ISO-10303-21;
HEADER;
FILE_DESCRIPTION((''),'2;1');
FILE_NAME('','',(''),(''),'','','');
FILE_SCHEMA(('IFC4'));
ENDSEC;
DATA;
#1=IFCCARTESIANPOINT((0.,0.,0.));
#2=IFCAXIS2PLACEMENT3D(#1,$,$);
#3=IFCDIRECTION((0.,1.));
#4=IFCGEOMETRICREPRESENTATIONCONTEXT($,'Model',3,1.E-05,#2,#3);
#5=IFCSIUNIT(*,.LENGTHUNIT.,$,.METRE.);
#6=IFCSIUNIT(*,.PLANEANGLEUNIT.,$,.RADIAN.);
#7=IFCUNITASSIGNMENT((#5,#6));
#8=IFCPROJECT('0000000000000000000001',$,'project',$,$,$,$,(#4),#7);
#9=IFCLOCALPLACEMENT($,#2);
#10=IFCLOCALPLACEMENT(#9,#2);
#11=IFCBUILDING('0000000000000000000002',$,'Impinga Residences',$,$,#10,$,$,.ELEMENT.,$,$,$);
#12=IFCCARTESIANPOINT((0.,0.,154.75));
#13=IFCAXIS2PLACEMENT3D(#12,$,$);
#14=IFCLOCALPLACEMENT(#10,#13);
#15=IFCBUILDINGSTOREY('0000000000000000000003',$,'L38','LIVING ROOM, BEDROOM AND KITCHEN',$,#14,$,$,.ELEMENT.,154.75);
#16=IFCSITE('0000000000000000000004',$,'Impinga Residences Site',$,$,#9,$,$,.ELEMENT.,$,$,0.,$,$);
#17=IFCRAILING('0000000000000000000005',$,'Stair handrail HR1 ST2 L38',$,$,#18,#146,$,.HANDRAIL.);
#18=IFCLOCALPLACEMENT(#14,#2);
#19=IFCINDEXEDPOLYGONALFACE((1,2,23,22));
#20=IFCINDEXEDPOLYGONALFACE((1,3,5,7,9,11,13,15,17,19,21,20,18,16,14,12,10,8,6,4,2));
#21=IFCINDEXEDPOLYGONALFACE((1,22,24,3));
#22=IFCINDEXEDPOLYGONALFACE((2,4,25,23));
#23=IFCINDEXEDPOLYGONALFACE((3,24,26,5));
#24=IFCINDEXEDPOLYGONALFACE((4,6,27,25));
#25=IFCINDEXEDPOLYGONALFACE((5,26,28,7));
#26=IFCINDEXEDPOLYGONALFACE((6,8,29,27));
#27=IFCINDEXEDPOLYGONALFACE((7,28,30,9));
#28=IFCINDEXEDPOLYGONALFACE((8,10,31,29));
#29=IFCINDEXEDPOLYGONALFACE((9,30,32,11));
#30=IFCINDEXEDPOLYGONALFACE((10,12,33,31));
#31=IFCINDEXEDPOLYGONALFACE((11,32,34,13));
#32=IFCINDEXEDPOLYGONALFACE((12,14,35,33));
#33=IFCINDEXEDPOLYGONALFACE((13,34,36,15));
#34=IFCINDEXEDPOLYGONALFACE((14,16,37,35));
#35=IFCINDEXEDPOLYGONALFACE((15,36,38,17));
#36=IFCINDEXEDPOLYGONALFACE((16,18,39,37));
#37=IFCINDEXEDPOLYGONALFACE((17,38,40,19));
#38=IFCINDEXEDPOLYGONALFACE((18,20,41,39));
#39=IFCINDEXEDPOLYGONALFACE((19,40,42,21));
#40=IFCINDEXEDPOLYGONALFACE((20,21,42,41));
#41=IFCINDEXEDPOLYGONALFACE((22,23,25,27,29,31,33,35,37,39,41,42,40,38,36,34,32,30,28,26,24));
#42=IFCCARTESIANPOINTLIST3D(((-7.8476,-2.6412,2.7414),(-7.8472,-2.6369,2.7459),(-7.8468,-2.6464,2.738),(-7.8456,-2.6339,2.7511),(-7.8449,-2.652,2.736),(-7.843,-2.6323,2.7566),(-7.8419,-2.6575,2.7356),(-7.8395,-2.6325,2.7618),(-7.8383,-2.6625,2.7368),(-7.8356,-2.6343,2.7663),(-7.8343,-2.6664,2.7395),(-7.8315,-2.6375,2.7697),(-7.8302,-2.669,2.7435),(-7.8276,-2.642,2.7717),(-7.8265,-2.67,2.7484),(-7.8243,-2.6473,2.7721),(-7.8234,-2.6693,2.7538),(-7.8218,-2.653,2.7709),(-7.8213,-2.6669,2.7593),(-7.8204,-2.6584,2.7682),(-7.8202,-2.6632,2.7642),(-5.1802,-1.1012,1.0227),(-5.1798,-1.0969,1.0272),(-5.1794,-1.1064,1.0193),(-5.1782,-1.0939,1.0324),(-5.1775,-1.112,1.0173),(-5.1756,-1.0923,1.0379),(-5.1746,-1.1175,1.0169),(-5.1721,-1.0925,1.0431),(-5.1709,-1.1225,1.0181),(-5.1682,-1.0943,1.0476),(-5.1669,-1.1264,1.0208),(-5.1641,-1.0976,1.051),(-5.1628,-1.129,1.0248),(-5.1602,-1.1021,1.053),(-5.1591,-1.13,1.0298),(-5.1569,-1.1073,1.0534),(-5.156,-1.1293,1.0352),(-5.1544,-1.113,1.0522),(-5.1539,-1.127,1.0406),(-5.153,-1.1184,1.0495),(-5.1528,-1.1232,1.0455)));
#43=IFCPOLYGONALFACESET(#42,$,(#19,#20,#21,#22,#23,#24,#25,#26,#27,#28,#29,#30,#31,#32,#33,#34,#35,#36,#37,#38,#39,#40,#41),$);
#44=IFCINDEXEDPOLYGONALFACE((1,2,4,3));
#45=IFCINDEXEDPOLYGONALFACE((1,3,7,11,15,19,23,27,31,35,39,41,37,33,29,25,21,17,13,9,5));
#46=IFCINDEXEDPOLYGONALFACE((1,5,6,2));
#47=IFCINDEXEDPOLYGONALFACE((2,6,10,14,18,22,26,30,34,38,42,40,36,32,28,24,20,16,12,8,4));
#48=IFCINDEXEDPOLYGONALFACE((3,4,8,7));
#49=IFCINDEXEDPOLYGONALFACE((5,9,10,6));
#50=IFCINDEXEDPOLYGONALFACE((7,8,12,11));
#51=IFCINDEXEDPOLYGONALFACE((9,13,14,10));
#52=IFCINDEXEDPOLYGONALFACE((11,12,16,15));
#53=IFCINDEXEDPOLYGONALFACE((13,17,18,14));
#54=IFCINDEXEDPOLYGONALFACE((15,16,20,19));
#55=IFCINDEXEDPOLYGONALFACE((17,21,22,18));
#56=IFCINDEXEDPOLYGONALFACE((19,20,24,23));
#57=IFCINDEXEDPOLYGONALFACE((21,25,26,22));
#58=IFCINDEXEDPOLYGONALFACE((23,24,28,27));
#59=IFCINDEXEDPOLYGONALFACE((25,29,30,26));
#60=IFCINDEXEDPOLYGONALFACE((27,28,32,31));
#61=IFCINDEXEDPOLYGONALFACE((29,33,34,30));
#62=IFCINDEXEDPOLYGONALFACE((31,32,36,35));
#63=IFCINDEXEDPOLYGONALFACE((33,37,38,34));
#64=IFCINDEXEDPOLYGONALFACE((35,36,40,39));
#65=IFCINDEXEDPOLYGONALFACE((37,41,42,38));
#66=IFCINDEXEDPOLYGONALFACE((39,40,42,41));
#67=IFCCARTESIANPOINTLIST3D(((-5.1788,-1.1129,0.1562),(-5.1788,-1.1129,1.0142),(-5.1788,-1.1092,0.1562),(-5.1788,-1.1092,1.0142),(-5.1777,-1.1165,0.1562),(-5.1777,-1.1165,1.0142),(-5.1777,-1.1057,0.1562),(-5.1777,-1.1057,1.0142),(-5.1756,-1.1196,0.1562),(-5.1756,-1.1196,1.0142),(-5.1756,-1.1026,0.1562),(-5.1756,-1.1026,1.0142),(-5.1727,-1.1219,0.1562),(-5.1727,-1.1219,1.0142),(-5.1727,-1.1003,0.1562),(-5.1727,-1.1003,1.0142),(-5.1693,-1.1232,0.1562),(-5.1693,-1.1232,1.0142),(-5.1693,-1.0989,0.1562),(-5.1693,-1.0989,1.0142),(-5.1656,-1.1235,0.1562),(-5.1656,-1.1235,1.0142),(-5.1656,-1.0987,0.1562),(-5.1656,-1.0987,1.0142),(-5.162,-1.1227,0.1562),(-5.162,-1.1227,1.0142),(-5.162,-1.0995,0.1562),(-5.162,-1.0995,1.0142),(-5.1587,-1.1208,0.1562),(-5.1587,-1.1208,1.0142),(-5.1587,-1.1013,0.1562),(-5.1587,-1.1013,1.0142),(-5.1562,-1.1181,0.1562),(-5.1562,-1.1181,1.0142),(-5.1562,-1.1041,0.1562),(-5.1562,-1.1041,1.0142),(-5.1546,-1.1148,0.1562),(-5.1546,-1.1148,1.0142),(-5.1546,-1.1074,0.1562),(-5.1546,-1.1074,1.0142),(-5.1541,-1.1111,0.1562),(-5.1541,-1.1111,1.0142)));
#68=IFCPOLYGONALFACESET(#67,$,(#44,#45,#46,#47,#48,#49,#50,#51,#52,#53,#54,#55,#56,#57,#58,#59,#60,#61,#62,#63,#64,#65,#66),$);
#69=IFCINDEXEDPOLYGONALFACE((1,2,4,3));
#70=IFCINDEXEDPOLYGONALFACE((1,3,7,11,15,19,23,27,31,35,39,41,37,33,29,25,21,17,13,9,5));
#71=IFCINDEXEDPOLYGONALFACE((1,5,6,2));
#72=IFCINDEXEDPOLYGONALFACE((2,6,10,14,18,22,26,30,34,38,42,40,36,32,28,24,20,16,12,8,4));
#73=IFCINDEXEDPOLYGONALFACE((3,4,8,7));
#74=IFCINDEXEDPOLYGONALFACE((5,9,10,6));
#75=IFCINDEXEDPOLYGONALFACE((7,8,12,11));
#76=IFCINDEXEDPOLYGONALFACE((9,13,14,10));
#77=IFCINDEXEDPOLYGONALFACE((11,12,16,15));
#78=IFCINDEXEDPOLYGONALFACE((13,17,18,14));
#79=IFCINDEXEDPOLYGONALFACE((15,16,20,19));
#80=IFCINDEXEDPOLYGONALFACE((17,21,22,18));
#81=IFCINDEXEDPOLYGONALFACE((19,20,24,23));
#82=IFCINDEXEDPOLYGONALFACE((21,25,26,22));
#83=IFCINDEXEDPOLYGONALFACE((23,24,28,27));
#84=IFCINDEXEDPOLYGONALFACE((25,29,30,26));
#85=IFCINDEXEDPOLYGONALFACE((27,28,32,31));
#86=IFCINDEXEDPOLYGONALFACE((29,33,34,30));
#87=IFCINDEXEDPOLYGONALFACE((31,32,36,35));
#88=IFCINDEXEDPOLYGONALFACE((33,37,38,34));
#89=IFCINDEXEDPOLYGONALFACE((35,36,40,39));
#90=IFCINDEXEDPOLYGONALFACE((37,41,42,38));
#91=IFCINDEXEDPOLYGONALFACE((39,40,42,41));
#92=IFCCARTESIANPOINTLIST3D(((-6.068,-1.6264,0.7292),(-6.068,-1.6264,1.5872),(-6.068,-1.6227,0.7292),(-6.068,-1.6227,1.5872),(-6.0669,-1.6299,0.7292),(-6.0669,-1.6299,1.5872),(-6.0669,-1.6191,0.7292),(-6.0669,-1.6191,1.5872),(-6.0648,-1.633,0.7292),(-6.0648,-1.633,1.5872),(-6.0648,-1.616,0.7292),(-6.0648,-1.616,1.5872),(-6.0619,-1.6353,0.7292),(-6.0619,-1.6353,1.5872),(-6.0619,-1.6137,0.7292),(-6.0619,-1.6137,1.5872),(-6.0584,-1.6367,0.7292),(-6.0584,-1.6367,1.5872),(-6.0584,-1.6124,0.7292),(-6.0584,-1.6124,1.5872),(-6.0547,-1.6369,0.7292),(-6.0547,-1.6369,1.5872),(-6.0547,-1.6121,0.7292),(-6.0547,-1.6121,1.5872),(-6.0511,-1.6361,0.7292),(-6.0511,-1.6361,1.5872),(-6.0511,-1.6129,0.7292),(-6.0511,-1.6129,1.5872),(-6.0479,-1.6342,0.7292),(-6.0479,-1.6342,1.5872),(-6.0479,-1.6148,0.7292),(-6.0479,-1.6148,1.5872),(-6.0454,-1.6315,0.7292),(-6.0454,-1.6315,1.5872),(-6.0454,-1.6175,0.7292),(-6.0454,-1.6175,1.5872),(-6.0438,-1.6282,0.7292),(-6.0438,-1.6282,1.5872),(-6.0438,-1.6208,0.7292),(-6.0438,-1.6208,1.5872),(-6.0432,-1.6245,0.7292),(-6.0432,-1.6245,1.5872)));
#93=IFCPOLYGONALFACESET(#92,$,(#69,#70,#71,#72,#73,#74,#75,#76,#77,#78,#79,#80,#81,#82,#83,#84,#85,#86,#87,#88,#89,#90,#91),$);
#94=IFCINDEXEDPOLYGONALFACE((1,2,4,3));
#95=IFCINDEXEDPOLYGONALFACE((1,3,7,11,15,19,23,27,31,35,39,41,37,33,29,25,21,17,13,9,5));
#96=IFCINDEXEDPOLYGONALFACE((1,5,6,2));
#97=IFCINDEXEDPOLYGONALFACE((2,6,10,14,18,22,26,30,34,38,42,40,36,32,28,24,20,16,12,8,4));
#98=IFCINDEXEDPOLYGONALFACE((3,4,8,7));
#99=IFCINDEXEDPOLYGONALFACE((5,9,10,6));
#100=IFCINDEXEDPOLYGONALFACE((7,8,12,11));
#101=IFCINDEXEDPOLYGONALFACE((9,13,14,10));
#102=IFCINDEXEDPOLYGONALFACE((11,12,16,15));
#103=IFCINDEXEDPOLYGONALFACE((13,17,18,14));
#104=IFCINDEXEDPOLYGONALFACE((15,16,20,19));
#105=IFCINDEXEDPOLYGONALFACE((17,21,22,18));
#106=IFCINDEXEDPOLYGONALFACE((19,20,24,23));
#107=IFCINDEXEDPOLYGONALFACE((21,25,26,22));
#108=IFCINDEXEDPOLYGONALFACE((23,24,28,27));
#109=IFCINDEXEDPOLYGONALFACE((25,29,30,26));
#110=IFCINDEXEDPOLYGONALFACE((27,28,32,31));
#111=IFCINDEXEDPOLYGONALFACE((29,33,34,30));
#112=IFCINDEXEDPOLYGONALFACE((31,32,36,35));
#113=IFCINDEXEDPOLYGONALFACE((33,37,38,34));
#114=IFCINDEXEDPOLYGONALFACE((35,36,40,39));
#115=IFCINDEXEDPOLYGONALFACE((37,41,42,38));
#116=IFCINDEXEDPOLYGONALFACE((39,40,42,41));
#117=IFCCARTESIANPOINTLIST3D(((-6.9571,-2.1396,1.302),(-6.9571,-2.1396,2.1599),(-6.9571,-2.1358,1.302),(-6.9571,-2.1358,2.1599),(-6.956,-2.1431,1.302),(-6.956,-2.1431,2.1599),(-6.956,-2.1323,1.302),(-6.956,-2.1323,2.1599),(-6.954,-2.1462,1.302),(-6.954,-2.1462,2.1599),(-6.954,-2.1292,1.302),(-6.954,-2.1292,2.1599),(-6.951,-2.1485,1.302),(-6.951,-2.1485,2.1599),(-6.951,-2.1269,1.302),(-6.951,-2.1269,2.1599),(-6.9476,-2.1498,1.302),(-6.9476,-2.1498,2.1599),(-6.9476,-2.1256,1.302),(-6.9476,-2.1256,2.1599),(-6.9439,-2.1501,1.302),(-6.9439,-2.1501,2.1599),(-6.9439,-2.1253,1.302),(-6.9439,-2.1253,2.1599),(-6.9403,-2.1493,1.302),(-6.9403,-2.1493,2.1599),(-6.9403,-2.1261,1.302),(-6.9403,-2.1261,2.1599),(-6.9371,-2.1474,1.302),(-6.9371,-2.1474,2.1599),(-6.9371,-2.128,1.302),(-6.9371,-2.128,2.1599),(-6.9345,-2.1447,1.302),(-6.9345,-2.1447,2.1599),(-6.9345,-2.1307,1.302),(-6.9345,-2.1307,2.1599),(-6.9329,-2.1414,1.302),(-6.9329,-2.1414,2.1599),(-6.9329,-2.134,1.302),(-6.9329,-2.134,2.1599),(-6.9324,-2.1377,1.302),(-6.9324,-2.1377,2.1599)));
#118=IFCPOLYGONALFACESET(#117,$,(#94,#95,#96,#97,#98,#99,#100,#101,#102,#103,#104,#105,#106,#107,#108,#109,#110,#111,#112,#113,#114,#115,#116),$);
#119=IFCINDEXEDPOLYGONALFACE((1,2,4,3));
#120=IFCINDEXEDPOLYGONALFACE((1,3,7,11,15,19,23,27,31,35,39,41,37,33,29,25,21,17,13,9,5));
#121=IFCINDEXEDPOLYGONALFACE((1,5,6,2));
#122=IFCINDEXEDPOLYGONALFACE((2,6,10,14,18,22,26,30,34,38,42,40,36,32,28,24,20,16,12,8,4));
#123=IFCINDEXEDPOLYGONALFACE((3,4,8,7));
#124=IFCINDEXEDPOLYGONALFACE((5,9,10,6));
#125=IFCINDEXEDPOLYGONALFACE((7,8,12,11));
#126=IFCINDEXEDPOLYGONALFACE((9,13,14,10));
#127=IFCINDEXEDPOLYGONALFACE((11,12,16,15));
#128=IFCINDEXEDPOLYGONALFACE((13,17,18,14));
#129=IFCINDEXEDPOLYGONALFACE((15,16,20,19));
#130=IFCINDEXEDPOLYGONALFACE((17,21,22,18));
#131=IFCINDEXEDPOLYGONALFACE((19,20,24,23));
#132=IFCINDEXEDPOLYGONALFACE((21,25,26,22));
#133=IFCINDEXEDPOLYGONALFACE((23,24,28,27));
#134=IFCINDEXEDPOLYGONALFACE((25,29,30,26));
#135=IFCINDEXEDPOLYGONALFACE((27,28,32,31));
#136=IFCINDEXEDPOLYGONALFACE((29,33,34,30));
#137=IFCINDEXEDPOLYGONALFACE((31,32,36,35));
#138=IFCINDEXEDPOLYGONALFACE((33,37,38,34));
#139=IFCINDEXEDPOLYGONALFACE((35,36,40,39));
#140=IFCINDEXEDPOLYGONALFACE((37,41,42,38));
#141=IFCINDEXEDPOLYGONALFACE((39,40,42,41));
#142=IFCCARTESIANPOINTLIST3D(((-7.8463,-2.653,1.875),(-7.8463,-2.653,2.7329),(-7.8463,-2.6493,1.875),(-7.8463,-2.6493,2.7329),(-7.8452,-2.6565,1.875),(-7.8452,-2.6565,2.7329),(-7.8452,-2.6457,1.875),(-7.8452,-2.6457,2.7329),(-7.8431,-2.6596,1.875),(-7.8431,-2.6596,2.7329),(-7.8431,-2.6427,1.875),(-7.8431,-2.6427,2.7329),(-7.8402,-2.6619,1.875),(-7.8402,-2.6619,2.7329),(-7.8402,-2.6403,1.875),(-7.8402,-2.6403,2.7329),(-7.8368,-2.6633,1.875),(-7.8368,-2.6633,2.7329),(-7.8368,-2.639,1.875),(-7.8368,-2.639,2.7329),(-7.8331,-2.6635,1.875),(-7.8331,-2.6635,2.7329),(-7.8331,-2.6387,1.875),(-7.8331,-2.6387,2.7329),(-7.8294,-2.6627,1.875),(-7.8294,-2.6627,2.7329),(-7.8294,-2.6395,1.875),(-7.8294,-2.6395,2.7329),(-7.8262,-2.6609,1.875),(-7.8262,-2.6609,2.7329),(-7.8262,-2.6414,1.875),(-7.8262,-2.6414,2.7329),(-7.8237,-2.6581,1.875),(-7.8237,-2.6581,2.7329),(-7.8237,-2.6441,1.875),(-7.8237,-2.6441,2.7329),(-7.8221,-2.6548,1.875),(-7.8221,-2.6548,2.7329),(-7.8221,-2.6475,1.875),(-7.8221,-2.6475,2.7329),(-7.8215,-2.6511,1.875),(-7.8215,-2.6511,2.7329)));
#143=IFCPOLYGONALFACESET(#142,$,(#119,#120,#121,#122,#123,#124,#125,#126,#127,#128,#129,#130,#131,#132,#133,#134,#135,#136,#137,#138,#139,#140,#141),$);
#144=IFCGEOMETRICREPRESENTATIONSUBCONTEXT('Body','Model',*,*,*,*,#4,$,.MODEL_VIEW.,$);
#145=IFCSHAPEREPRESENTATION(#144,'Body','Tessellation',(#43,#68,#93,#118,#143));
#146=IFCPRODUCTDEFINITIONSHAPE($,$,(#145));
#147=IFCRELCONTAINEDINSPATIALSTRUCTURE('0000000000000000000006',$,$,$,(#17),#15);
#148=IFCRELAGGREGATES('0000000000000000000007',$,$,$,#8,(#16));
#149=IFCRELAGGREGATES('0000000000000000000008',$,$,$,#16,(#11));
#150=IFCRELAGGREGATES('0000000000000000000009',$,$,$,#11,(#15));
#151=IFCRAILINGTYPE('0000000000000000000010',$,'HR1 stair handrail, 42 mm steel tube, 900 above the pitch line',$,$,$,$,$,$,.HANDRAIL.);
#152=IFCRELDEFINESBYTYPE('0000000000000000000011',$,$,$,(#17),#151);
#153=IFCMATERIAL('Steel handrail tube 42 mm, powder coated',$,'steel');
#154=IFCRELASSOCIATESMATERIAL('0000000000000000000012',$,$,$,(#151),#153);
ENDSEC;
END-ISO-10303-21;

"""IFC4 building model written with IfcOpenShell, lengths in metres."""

from ifc_helpers import new_model, si_unit, direction, frame, origin, origin_2d, place, context, subcontext, project, spatial, circle, extrude, material, type_object, element, save


model = new_model("IFC4")

# Units and contexts
model_context = context("Model", 3, precision=1e-05, world=origin(), true_north=direction((0.0, 1.0)))
body_context = subcontext(model_context, "Body", "Model", "MODEL_VIEW")
ifc_project = project(units=[si_unit("LENGTHUNIT", "METRE"), si_unit("PLANEANGLEUNIT", "RADIAN")], contexts=[model_context])

# Site, building, storey
site_placement = place(None, origin())
site = spatial("IfcSite", under=ifc_project, at=site_placement, Name="Impinga Residences Site", CompositionType="ELEMENT", RefElevation=0.0)
building_placement = place(site_placement, origin())
building = spatial("IfcBuilding", under=site, at=building_placement, Name="Impinga Residences", CompositionType="ELEMENT")
storey_placement = place(building_placement, frame((0.0, 0.0, 154.75)))
storey = spatial("IfcBuildingStorey", under=building, at=storey_placement, Name="L38", Description="LIVING ROOM, BEDROOM AND KITCHEN", CompositionType="ELEMENT", Elevation=154.75)

# Railing
ifc_material_1 = material(Name="Steel handrail tube 42 mm, powder coated", Category="steel")
railing_type_1 = type_object("IfcRailingType", Name="HR1 stair handrail, 42 mm steel tube, 900 above the pitch line", PredefinedType="HANDRAIL", material=ifc_material_1)
railing_1_placement = place(storey_placement, frame((-5.1665, -1.1111, 0.1562)))
element("IfcRailing", 1, at=railing_1_placement, inside=storey, type_object=railing_type_1, Name="Stair handrail HR1 ST2 L38", PredefinedType="HANDRAIL", context=body_context, shape_type="SweptSolid", body=[
    extrude(circle(Radius=0.021, at=origin_2d()), frame((0.0, 0.0, 0.8789), z_axis=(-0.756256, -0.436616, 0.487282), x_axis=(0.499992, -0.86603, 0.0)), (0.0, 0.0, 1.0), 3.5271),
    extrude(circle(Radius=0.0125, at=origin_2d()), origin(), (0.0, 0.0, 1.0), 0.8579),
    extrude(circle(Radius=0.0125, at=origin_2d()), frame((-0.8892, -0.5134, 0.573)), (0.0, 0.0, 1.0), 0.8579),
    extrude(circle(Radius=0.0125, at=origin_2d()), frame((-1.7783, -1.0266, 1.1458)), (0.0, 0.0, 1.0), 0.8579),
    extrude(circle(Radius=0.0125, at=origin_2d()), frame((-2.6675, -1.54, 1.7188)), (0.0, 0.0, 1.0), 0.8579),
])

save(model, "model.ifc")
